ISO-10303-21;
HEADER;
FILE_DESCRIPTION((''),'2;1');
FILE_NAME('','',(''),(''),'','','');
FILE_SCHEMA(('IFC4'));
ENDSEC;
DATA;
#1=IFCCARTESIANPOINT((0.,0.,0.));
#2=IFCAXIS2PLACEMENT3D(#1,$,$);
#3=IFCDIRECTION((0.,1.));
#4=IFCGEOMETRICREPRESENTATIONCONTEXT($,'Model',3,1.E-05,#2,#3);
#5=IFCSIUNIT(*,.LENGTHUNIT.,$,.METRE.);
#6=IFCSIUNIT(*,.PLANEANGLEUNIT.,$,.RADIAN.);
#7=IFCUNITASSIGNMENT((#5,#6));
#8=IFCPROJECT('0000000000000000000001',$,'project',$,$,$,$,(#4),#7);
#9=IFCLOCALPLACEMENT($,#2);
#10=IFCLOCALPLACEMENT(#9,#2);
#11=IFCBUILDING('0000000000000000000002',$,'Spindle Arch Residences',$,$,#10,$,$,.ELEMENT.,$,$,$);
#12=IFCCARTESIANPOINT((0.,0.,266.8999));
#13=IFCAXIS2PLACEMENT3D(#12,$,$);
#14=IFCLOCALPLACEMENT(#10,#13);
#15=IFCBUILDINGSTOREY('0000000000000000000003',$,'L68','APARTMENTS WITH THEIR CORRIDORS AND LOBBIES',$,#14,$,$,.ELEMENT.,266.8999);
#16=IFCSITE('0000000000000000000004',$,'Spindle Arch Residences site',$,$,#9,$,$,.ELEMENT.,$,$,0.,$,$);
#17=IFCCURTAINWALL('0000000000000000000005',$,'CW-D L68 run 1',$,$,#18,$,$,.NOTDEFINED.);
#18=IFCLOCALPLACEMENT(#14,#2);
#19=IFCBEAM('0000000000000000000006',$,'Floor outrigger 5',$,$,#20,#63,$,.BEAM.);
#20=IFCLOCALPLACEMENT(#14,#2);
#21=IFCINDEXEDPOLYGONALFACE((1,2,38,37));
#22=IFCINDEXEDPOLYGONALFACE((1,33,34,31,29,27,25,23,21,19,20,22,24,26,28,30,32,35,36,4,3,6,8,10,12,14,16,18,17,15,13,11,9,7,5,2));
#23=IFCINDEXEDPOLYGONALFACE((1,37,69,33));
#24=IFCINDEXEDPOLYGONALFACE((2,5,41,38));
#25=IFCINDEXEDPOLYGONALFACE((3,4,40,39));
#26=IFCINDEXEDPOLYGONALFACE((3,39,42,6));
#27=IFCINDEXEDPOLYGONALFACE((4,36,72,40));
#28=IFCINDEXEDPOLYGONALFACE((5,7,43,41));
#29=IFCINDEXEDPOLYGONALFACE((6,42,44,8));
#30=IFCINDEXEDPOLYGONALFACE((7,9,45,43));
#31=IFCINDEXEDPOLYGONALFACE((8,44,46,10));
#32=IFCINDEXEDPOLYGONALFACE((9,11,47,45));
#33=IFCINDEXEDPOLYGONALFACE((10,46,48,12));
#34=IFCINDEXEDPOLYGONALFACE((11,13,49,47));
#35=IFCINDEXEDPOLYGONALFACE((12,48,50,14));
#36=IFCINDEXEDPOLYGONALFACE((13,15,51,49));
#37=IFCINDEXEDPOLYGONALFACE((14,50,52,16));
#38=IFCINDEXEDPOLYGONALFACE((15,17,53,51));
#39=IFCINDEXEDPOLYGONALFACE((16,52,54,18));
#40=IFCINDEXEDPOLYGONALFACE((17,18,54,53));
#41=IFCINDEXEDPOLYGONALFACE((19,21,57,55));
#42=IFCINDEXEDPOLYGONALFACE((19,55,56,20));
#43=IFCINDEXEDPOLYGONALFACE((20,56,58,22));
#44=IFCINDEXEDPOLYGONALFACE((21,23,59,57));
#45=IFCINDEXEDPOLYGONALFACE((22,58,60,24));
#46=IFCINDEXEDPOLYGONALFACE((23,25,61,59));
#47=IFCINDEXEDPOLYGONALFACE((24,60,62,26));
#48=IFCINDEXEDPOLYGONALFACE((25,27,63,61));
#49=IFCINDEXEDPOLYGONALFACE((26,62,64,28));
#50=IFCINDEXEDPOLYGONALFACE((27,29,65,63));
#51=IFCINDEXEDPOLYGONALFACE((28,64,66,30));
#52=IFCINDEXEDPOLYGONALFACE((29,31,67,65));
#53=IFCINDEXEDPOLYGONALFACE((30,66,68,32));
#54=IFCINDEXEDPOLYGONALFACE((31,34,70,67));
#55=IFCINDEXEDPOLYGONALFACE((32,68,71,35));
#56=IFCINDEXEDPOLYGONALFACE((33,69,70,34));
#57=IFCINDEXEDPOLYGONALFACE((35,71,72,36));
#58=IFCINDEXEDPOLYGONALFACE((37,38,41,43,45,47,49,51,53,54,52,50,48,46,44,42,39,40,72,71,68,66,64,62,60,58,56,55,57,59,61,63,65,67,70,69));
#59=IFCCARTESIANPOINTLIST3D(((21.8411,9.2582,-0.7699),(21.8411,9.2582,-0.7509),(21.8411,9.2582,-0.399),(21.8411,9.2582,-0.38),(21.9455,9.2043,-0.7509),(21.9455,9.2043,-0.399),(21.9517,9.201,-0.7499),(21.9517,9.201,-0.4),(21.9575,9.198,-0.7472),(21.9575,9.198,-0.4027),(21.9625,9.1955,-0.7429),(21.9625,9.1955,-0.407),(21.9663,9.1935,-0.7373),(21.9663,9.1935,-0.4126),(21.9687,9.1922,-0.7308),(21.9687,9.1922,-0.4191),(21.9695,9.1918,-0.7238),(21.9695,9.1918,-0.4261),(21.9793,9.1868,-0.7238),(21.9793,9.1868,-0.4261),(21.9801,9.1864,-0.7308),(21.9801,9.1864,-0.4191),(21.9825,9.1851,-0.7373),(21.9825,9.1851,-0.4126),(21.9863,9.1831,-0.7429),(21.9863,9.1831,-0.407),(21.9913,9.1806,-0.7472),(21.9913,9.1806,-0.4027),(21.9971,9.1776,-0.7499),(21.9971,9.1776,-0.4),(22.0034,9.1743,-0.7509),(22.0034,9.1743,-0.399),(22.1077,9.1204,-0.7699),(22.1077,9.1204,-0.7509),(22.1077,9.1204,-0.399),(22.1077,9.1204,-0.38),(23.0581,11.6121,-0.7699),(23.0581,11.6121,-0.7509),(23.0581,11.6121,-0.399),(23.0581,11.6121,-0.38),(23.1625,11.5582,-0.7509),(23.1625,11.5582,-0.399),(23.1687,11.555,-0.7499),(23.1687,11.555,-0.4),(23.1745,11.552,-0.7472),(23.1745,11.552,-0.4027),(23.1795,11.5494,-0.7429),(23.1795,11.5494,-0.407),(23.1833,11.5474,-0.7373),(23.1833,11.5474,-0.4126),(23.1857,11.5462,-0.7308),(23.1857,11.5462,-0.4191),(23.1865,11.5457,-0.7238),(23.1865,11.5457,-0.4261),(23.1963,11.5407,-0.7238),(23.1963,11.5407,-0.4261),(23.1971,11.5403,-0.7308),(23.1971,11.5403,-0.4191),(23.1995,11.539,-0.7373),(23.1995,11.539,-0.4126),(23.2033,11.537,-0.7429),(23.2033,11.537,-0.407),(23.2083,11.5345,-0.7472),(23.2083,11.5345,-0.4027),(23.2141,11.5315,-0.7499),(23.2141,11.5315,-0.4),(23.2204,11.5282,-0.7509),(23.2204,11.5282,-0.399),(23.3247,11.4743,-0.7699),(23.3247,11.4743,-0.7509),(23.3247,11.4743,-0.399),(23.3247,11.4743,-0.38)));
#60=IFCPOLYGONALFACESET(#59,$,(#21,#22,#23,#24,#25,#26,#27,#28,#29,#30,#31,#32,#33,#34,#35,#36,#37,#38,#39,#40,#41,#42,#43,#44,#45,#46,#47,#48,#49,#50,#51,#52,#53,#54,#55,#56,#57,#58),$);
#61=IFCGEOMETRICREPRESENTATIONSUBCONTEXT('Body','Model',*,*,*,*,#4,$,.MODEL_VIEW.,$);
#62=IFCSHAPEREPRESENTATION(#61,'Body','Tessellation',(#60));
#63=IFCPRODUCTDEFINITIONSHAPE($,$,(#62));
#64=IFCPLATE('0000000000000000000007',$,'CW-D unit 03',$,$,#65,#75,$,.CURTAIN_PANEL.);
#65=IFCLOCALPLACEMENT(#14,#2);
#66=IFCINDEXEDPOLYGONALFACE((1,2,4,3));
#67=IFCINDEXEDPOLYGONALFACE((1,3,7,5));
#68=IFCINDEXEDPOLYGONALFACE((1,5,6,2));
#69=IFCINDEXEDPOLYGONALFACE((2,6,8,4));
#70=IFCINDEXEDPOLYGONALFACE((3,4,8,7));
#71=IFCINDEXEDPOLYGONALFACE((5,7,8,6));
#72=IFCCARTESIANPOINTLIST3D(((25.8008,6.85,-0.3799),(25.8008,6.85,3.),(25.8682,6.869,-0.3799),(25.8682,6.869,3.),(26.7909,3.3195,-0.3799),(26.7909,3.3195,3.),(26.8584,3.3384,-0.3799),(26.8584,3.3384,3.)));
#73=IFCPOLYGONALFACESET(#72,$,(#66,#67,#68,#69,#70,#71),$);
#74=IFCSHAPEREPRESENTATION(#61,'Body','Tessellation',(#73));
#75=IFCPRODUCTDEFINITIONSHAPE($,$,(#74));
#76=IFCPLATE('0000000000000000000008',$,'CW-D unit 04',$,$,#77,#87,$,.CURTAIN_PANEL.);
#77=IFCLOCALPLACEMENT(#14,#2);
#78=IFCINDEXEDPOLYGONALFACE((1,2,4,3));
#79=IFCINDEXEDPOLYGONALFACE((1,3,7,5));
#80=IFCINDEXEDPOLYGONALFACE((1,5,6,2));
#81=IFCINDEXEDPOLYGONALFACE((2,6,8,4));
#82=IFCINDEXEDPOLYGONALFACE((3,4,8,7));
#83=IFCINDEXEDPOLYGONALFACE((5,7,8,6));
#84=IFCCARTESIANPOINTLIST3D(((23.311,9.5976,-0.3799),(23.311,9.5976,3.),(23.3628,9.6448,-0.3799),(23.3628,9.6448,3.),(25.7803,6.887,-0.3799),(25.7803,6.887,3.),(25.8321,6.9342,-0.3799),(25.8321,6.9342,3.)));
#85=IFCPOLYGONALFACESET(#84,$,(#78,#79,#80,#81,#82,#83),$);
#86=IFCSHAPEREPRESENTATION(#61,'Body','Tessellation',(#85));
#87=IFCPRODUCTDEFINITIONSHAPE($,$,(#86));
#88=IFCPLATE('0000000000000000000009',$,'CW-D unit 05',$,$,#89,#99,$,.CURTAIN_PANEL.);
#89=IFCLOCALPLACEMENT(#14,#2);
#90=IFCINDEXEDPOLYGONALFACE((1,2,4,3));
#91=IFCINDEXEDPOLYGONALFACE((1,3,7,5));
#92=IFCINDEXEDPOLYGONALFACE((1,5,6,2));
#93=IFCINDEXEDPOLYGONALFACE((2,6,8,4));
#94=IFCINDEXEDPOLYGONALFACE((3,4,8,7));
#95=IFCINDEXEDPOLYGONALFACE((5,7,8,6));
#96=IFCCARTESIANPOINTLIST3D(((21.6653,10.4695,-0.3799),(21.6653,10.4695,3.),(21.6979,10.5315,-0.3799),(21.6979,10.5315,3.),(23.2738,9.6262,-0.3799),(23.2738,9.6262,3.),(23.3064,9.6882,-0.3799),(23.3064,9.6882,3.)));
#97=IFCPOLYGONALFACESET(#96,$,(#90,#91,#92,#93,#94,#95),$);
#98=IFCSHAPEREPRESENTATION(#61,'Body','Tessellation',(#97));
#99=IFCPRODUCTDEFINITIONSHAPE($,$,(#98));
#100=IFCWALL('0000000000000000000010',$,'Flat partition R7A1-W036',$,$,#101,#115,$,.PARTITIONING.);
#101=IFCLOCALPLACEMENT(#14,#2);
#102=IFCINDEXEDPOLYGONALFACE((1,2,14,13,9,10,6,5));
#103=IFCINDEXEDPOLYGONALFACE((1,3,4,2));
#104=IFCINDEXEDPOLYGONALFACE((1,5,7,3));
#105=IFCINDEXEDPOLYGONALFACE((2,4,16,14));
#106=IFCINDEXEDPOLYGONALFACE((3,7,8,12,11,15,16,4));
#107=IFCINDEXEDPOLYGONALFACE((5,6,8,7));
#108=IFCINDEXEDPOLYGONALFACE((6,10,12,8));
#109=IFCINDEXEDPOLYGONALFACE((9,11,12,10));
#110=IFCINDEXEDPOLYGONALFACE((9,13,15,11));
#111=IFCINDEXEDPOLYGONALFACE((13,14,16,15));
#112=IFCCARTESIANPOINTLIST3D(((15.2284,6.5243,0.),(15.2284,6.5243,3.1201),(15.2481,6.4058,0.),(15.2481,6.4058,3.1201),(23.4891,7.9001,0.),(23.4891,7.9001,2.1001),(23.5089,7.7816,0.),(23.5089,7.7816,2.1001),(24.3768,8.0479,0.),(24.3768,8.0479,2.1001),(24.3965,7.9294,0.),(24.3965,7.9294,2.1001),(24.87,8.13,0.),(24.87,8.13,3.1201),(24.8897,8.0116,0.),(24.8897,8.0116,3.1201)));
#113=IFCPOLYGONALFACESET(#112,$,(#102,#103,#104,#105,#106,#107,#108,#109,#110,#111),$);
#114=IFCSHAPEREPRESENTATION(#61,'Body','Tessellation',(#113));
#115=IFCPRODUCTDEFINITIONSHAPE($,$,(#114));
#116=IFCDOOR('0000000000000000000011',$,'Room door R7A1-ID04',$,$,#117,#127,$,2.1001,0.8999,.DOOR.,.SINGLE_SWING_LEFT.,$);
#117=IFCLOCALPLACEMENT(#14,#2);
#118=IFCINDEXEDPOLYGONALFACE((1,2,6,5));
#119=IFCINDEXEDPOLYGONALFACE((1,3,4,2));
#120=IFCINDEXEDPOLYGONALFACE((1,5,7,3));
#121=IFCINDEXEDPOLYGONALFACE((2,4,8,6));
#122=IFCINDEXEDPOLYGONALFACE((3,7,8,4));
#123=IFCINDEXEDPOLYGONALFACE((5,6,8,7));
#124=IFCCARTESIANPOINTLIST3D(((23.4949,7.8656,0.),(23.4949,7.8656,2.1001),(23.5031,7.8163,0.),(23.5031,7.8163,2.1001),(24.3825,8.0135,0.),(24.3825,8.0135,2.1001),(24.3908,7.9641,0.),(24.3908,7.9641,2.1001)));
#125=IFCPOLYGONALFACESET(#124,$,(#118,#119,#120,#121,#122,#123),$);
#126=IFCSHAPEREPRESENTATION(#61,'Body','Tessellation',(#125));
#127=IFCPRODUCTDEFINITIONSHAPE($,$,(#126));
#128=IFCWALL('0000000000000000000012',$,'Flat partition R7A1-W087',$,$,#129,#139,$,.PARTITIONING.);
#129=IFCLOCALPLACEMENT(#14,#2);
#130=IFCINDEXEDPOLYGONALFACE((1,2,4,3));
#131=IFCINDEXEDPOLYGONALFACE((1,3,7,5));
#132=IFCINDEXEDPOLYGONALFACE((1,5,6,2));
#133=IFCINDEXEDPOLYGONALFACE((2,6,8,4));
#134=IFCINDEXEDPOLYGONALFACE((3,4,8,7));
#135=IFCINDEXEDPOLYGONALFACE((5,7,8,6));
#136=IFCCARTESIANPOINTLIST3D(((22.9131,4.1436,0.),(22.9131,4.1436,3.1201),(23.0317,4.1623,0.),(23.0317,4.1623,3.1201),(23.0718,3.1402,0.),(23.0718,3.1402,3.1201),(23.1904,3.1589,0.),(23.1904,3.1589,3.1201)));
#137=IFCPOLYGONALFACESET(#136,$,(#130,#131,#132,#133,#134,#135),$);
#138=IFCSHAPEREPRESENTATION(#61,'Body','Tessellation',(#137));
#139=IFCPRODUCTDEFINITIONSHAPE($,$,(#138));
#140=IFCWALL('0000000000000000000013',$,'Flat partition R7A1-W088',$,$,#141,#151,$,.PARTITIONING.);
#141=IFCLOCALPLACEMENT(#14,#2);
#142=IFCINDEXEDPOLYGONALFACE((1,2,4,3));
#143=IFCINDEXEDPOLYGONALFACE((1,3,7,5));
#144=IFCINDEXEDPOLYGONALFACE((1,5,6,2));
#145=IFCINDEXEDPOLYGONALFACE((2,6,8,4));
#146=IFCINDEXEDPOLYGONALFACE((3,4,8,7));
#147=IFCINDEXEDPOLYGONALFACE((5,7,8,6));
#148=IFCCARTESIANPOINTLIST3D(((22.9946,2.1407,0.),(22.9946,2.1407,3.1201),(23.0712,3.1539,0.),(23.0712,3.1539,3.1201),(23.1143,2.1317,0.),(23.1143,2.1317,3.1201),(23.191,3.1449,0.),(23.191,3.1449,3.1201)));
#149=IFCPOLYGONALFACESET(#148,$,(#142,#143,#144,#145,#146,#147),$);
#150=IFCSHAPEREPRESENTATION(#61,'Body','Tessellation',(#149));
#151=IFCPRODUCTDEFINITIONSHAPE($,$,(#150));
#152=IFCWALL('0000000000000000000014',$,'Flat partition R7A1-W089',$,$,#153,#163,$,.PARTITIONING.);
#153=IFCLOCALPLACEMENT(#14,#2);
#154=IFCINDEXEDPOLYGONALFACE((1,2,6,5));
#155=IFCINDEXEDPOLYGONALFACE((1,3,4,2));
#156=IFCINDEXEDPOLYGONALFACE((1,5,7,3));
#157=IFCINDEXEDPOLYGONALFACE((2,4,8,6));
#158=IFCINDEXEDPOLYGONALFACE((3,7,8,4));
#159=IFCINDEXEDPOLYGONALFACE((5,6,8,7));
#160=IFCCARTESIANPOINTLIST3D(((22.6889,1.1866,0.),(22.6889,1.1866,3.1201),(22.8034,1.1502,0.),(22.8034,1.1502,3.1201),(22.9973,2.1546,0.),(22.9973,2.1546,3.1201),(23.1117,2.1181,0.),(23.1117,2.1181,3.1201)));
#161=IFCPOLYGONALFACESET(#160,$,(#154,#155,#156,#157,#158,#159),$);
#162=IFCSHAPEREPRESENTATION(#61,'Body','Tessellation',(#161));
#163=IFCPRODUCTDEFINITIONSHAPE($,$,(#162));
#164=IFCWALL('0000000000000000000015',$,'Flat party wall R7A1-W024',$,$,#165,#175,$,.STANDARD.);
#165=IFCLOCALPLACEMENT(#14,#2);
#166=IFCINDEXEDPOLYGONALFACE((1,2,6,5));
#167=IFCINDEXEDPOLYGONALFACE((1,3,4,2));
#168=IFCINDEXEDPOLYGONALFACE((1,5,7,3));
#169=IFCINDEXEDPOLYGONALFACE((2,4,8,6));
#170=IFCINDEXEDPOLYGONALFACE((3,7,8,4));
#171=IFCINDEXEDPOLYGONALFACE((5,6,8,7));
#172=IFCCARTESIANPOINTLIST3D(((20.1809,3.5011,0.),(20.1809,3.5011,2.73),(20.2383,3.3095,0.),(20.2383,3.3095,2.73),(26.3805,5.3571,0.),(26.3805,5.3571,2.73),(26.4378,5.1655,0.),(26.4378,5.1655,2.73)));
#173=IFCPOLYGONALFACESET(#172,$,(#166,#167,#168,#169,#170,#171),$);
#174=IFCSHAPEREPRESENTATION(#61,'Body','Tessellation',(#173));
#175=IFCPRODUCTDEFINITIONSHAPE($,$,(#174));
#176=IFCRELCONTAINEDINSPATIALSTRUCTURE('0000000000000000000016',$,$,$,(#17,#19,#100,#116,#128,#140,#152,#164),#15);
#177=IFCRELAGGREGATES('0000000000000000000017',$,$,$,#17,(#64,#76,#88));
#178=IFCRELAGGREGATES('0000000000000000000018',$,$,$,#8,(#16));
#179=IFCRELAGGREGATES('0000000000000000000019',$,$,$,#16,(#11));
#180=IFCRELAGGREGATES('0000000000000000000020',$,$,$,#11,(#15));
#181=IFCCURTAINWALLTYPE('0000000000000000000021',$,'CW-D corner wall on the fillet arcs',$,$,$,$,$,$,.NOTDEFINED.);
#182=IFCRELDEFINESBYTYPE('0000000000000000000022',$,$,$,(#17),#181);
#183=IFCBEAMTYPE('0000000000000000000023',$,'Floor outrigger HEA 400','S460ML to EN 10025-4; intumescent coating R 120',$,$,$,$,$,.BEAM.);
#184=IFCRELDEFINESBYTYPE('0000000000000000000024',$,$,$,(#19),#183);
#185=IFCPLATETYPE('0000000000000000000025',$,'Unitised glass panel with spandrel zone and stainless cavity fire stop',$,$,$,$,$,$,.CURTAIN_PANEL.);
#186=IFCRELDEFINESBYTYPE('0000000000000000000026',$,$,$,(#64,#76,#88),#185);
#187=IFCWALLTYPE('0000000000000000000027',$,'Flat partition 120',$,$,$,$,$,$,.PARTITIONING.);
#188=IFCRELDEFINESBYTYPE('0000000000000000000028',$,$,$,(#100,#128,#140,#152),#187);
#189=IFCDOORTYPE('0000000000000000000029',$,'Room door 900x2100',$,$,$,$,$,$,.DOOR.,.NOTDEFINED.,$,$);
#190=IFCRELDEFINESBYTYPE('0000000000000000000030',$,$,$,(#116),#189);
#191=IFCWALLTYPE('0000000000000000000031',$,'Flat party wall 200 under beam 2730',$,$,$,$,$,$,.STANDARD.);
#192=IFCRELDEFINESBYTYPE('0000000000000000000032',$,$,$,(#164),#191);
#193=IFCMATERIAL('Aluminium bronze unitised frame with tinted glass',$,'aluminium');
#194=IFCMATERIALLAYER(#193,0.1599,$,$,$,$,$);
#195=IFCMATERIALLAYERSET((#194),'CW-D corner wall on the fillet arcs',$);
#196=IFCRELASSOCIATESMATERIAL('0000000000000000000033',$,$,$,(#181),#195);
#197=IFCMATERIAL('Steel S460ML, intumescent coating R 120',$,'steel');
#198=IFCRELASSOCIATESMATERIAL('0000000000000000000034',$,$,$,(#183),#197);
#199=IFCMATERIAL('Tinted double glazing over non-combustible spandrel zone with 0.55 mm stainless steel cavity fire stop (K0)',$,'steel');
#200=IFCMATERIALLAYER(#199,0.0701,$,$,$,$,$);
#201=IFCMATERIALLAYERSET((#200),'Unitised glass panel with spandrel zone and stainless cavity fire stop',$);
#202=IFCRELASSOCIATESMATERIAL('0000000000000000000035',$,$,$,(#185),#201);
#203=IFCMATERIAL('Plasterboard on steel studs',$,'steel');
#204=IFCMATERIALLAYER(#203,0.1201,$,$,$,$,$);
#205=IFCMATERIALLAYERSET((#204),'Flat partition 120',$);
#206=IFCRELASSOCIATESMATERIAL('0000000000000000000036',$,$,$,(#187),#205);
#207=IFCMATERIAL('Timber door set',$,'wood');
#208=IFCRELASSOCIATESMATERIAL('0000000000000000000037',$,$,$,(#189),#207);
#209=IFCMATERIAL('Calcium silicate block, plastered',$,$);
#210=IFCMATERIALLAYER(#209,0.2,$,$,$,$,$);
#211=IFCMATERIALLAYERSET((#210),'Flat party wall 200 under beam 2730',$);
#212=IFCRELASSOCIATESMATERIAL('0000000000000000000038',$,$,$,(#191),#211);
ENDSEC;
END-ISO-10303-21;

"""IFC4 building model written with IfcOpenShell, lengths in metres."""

from ifc_helpers import new_model, si_unit, direction, frame, frame_2d, origin, origin_2d, place, context, subcontext, project, spatial, rectangle, i_section, extrude, material, layer, layer_set, material_profile, profile_set, type_object, element, fill, aggregate, save


model = new_model("IFC4")

# Units and contexts
model_context = context("Model", 3, precision=1e-05, world=origin(), true_north=direction((0.0, 1.0)))
body_context = subcontext(model_context, "Body", "Model", "MODEL_VIEW")
ifc_project = project(units=[si_unit("LENGTHUNIT", "METRE"), si_unit("PLANEANGLEUNIT", "RADIAN")], contexts=[model_context])

# Site, building, storey
site_placement = place(None, origin())
site = spatial("IfcSite", under=ifc_project, at=site_placement, Name="Spindle Arch Residences site", CompositionType="ELEMENT", RefElevation=0.0)
building_placement = place(site_placement, origin())
building = spatial("IfcBuilding", under=site, at=building_placement, Name="Spindle Arch Residences", CompositionType="ELEMENT")
storey_placement = place(building_placement, frame((0.0, 0.0, 266.8999)))
storey = spatial("IfcBuildingStorey", under=building, at=storey_placement, Name="L68", Description="APARTMENTS WITH THEIR CORRIDORS AND LOBBIES", CompositionType="ELEMENT", Elevation=266.8999)

# Curtain wall
ifc_material_1 = material(Name="Aluminium bronze unitised frame with tinted glass", Category="aluminium")
ifc_layer_1 = layer(ifc_material_1, 0.1599)
ifc_layer_set_1 = layer_set([ifc_layer_1], Name="CW-D corner wall on the fillet arcs")
curtain_wall_type = type_object("IfcCurtainWallType", Name="CW-D corner wall on the fillet arcs", PredefinedType="NOTDEFINED", material=ifc_layer_set_1)
curtain_wall_placement = place(storey_placement, origin())
curtain_wall = element("IfcCurtainWall", 1, at=curtain_wall_placement, inside=storey, type_object=curtain_wall_type, Name="CW-D L68 run 1", PredefinedType="NOTDEFINED")

# Beam
ifc_material_2 = material(Name="Steel S460ML, intumescent coating R 120", Category="steel")
ifc_material_profile_1 = material_profile(ifc_material_2, i_section(OverallWidth=0.3, OverallDepth=0.3899, WebThickness=0.011, FlangeThickness=0.019, FilletRadius=0.0271, at=origin_2d()), Name="HEA 400")
ifc_profile_set_1 = profile_set([ifc_material_profile_1], Name="Steel S460ML, intumescent coating R 120")
beam_type_1 = type_object("IfcBeamType", Name="Floor outrigger HEA 400", Description="S460ML to EN 10025-4; intumescent coating R 120", PredefinedType="BEAM", material=ifc_profile_set_1)
for number, where, z_axis, x_axis, name in (
    (2, (23.1914, 11.5432, -0.575), (-0.45926, -0.888302, 0.0), (0.888302, -0.45926, 0.0), "Floor outrigger 5"),
):
    element("IfcBeam", number, at=place(storey_placement, frame(where, z_axis=z_axis, x_axis=x_axis)), inside=storey, type_object=beam_type_1, Name=name, PredefinedType="BEAM", context=body_context, shape_type="SweptSolid", body=[
        extrude(i_section(OverallWidth=0.3, OverallDepth=0.3899, WebThickness=0.011, FlangeThickness=0.019, FilletRadius=0.0271, at=origin_2d()), origin(), (0.0, 0.0, 1.0), 2.6499),
    ])

# Plates
ifc_material_3 = material(Name="Tinted double glazing over non-combustible spandrel zone with 0.55 mm stainless steel cavity fire stop (K0)", Category="steel")
ifc_layer_2 = layer(ifc_material_3, 0.0701)
ifc_layer_set_2 = layer_set([ifc_layer_2], Name="Unitised glass panel with spandrel zone and stainless cavity fire stop")
plate_type = type_object("IfcPlateType", Name="Unitised glass panel with spandrel zone and stainless cavity fire stop", PredefinedType="CURTAIN_PANEL", material=ifc_layer_set_2)
plate_1_placement = place(storey_placement, frame((26.3296, 5.0942, -0.3799), z_axis=(0.0, 0.0, 1.0), x_axis=(-0.27004, 0.962849, 0.0)))
plate_1 = element("IfcPlate", 3, at=plate_1_placement, type_object=plate_type, Name="CW-D unit 03", PredefinedType="CURTAIN_PANEL", context=body_context, shape_type="SweptSolid", body=[
    extrude(rectangle(XDim=3.6667, YDim=0.0701, at=origin_2d()), origin(), (0.0, 0.0, 1.0), 3.3799),
])
plate_2_placement = place(storey_placement, frame((24.5715, 8.2659, -0.3799), z_axis=(0.0, 0.0, 1.0), x_axis=(-0.673443, 0.739239, 0.0)))
plate_2 = element("IfcPlate", 4, at=plate_2_placement, type_object=plate_type, Name="CW-D unit 04", PredefinedType="CURTAIN_PANEL", context=body_context, shape_type="SweptSolid", body=[
    extrude(rectangle(XDim=3.6667, YDim=0.0701, at=origin_2d()), origin(), (0.0, 0.0, 1.0), 3.3799),
])
plate_3_placement = place(storey_placement, frame((22.4858, 10.0789, -0.3799), z_axis=(0.0, 0.0, 1.0), x_axis=(-0.885664, 0.464327, 0.0)))
plate_3 = element("IfcPlate", 5, at=plate_3_placement, type_object=plate_type, Name="CW-D unit 05", PredefinedType="CURTAIN_PANEL", context=body_context, shape_type="SweptSolid", body=[
    extrude(rectangle(XDim=1.8162, YDim=0.0701, at=origin_2d()), origin(), (0.0, 0.0, 1.0), 3.3799),
])
aggregate(curtain_wall, [plate_1, plate_2, plate_3])

# Wall, opening, door
ifc_material_4 = material(Name="Plasterboard on steel studs", Category="steel")
ifc_layer_3 = layer(ifc_material_4, 0.1201)
ifc_layer_set_3 = layer_set([ifc_layer_3], Name="Flat partition 120")
wall_type_1 = type_object("IfcWallType", Name="Flat partition 120", PredefinedType="PARTITIONING", material=ifc_layer_set_3)
wall_1_placement = place(storey_placement, frame((24.8799, 8.0708, 0.0), z_axis=(0.0, 0.0, 1.0), x_axis=(-0.986414, -0.164277, 0.0)))
wall_1 = element("IfcWall", 6, at=wall_1_placement, inside=storey, type_object=wall_type_1, Name="Flat partition R7A1-W036", PredefinedType="PARTITIONING", context=body_context, shape_type="SweptSolid", body=[
    extrude(rectangle(XDim=9.7744, YDim=0.1201, at=frame_2d((4.8872, 0.0))), origin(), (0.0, 0.0, 1.0), 3.1201),
])
opening_placement = place(wall_1_placement, frame((0.5, 0.0, 0.0)))
opening = element("IfcOpeningElement", 7, at=opening_placement, cuts=wall_1, PredefinedType="OPENING", context=body_context, shape_type="SweptSolid", body=[
    extrude(rectangle(XDim=0.8999, YDim=2.1001, at=frame_2d((0.45, 1.05))), frame((0.0, 0.0701, 0.0), z_axis=(0.0, -1.0, 0.0), x_axis=(1.0, 0.0, 0.0)), (0.0, 0.0, 1.0), 0.1401),
])
ifc_material_5 = material(Name="Timber door set", Category="wood")
door_type = type_object("IfcDoorType", Name="Room door 900x2100", OperationType="NOTDEFINED", PredefinedType="DOOR", material=ifc_material_5)
door_placement = place(opening_placement, origin())
door = element("IfcDoor", 8, at=door_placement, inside=storey, type_object=door_type, Name="Room door R7A1-ID04", OperationType="SINGLE_SWING_LEFT", OverallHeight=2.1001, OverallWidth=0.8999, PredefinedType="DOOR", context=body_context, shape_type="SweptSolid", body=[
    extrude(rectangle(XDim=0.8999, YDim=2.1001, at=frame_2d((0.45, 1.05))), frame((0.0, 0.0249, 0.0), z_axis=(0.0, -1.0, 0.0), x_axis=(1.0, 0.0, 0.0)), (0.0, 0.0, 1.0), 0.05),
])
fill(opening, door)

# Walls
wall_2_placement = place(storey_placement, frame((22.9724, 4.1528, 0.0), z_axis=(0.0, 0.0, 1.0), x_axis=(0.156209, -0.987724, 0.0)))
element("IfcWall", 9, at=wall_2_placement, inside=storey, type_object=wall_type_1, Name="Flat partition R7A1-W087", PredefinedType="PARTITIONING", context=body_context, shape_type="SweptSolid", body=[
    extrude(rectangle(XDim=1.0159, YDim=0.1201, at=frame_2d((0.5078, 0.0))), origin(), (0.0, 0.0, 1.0), 3.1201),
])
wall_3_placement = place(storey_placement, frame((23.1311, 3.1494, 0.0), z_axis=(0.0, 0.0, 1.0), x_axis=(-0.075447, -0.99715, 0.0)))
element("IfcWall", 10, at=wall_3_placement, inside=storey, type_object=wall_type_1, Name="Flat partition R7A1-W088", PredefinedType="PARTITIONING", context=body_context, shape_type="SweptSolid", body=[
    extrude(rectangle(XDim=1.0161, YDim=0.1201, at=frame_2d((0.5081, 0.0))), origin(), (0.0, 0.0, 1.0), 3.1201),
])
wall_4_placement = place(storey_placement, frame((23.0544, 2.1362, 0.0), z_axis=(0.0, 0.0, 1.0), x_axis=(-0.303511, -0.952828, 0.0)))
element("IfcWall", 11, at=wall_4_placement, inside=storey, type_object=wall_type_1, Name="Flat partition R7A1-W089", PredefinedType="PARTITIONING", context=body_context, shape_type="SweptSolid", body=[
    extrude(rectangle(XDim=1.0159, YDim=0.1201, at=frame_2d((0.5078, 0.0))), origin(), (0.0, 0.0, 1.0), 3.1201),
])
ifc_material_6 = material(Name="Calcium silicate block, plastered")
ifc_layer_4 = layer(ifc_material_6, 0.2)
ifc_layer_set_4 = layer_set([ifc_layer_4], Name="Flat party wall 200 under beam 2730")
wall_type_2 = type_object("IfcWallType", Name="Flat party wall 200 under beam 2730", PredefinedType="STANDARD", material=ifc_layer_set_4)
wall_5_placement = place(storey_placement, frame((20.2095, 3.4053, 0.0), z_axis=(0.0, 0.0, 1.0), x_axis=(0.957991, 0.286798, 0.0)))
element("IfcWall", 12, at=wall_5_placement, inside=storey, type_object=wall_type_2, Name="Flat party wall R7A1-W024", PredefinedType="STANDARD", context=body_context, shape_type="SweptSolid", body=[
    extrude(rectangle(XDim=6.4714, YDim=0.2, at=frame_2d((3.2358, 0.0))), origin(), (0.0, 0.0, 1.0), 2.73),
])

save(model, "model.ifc")
